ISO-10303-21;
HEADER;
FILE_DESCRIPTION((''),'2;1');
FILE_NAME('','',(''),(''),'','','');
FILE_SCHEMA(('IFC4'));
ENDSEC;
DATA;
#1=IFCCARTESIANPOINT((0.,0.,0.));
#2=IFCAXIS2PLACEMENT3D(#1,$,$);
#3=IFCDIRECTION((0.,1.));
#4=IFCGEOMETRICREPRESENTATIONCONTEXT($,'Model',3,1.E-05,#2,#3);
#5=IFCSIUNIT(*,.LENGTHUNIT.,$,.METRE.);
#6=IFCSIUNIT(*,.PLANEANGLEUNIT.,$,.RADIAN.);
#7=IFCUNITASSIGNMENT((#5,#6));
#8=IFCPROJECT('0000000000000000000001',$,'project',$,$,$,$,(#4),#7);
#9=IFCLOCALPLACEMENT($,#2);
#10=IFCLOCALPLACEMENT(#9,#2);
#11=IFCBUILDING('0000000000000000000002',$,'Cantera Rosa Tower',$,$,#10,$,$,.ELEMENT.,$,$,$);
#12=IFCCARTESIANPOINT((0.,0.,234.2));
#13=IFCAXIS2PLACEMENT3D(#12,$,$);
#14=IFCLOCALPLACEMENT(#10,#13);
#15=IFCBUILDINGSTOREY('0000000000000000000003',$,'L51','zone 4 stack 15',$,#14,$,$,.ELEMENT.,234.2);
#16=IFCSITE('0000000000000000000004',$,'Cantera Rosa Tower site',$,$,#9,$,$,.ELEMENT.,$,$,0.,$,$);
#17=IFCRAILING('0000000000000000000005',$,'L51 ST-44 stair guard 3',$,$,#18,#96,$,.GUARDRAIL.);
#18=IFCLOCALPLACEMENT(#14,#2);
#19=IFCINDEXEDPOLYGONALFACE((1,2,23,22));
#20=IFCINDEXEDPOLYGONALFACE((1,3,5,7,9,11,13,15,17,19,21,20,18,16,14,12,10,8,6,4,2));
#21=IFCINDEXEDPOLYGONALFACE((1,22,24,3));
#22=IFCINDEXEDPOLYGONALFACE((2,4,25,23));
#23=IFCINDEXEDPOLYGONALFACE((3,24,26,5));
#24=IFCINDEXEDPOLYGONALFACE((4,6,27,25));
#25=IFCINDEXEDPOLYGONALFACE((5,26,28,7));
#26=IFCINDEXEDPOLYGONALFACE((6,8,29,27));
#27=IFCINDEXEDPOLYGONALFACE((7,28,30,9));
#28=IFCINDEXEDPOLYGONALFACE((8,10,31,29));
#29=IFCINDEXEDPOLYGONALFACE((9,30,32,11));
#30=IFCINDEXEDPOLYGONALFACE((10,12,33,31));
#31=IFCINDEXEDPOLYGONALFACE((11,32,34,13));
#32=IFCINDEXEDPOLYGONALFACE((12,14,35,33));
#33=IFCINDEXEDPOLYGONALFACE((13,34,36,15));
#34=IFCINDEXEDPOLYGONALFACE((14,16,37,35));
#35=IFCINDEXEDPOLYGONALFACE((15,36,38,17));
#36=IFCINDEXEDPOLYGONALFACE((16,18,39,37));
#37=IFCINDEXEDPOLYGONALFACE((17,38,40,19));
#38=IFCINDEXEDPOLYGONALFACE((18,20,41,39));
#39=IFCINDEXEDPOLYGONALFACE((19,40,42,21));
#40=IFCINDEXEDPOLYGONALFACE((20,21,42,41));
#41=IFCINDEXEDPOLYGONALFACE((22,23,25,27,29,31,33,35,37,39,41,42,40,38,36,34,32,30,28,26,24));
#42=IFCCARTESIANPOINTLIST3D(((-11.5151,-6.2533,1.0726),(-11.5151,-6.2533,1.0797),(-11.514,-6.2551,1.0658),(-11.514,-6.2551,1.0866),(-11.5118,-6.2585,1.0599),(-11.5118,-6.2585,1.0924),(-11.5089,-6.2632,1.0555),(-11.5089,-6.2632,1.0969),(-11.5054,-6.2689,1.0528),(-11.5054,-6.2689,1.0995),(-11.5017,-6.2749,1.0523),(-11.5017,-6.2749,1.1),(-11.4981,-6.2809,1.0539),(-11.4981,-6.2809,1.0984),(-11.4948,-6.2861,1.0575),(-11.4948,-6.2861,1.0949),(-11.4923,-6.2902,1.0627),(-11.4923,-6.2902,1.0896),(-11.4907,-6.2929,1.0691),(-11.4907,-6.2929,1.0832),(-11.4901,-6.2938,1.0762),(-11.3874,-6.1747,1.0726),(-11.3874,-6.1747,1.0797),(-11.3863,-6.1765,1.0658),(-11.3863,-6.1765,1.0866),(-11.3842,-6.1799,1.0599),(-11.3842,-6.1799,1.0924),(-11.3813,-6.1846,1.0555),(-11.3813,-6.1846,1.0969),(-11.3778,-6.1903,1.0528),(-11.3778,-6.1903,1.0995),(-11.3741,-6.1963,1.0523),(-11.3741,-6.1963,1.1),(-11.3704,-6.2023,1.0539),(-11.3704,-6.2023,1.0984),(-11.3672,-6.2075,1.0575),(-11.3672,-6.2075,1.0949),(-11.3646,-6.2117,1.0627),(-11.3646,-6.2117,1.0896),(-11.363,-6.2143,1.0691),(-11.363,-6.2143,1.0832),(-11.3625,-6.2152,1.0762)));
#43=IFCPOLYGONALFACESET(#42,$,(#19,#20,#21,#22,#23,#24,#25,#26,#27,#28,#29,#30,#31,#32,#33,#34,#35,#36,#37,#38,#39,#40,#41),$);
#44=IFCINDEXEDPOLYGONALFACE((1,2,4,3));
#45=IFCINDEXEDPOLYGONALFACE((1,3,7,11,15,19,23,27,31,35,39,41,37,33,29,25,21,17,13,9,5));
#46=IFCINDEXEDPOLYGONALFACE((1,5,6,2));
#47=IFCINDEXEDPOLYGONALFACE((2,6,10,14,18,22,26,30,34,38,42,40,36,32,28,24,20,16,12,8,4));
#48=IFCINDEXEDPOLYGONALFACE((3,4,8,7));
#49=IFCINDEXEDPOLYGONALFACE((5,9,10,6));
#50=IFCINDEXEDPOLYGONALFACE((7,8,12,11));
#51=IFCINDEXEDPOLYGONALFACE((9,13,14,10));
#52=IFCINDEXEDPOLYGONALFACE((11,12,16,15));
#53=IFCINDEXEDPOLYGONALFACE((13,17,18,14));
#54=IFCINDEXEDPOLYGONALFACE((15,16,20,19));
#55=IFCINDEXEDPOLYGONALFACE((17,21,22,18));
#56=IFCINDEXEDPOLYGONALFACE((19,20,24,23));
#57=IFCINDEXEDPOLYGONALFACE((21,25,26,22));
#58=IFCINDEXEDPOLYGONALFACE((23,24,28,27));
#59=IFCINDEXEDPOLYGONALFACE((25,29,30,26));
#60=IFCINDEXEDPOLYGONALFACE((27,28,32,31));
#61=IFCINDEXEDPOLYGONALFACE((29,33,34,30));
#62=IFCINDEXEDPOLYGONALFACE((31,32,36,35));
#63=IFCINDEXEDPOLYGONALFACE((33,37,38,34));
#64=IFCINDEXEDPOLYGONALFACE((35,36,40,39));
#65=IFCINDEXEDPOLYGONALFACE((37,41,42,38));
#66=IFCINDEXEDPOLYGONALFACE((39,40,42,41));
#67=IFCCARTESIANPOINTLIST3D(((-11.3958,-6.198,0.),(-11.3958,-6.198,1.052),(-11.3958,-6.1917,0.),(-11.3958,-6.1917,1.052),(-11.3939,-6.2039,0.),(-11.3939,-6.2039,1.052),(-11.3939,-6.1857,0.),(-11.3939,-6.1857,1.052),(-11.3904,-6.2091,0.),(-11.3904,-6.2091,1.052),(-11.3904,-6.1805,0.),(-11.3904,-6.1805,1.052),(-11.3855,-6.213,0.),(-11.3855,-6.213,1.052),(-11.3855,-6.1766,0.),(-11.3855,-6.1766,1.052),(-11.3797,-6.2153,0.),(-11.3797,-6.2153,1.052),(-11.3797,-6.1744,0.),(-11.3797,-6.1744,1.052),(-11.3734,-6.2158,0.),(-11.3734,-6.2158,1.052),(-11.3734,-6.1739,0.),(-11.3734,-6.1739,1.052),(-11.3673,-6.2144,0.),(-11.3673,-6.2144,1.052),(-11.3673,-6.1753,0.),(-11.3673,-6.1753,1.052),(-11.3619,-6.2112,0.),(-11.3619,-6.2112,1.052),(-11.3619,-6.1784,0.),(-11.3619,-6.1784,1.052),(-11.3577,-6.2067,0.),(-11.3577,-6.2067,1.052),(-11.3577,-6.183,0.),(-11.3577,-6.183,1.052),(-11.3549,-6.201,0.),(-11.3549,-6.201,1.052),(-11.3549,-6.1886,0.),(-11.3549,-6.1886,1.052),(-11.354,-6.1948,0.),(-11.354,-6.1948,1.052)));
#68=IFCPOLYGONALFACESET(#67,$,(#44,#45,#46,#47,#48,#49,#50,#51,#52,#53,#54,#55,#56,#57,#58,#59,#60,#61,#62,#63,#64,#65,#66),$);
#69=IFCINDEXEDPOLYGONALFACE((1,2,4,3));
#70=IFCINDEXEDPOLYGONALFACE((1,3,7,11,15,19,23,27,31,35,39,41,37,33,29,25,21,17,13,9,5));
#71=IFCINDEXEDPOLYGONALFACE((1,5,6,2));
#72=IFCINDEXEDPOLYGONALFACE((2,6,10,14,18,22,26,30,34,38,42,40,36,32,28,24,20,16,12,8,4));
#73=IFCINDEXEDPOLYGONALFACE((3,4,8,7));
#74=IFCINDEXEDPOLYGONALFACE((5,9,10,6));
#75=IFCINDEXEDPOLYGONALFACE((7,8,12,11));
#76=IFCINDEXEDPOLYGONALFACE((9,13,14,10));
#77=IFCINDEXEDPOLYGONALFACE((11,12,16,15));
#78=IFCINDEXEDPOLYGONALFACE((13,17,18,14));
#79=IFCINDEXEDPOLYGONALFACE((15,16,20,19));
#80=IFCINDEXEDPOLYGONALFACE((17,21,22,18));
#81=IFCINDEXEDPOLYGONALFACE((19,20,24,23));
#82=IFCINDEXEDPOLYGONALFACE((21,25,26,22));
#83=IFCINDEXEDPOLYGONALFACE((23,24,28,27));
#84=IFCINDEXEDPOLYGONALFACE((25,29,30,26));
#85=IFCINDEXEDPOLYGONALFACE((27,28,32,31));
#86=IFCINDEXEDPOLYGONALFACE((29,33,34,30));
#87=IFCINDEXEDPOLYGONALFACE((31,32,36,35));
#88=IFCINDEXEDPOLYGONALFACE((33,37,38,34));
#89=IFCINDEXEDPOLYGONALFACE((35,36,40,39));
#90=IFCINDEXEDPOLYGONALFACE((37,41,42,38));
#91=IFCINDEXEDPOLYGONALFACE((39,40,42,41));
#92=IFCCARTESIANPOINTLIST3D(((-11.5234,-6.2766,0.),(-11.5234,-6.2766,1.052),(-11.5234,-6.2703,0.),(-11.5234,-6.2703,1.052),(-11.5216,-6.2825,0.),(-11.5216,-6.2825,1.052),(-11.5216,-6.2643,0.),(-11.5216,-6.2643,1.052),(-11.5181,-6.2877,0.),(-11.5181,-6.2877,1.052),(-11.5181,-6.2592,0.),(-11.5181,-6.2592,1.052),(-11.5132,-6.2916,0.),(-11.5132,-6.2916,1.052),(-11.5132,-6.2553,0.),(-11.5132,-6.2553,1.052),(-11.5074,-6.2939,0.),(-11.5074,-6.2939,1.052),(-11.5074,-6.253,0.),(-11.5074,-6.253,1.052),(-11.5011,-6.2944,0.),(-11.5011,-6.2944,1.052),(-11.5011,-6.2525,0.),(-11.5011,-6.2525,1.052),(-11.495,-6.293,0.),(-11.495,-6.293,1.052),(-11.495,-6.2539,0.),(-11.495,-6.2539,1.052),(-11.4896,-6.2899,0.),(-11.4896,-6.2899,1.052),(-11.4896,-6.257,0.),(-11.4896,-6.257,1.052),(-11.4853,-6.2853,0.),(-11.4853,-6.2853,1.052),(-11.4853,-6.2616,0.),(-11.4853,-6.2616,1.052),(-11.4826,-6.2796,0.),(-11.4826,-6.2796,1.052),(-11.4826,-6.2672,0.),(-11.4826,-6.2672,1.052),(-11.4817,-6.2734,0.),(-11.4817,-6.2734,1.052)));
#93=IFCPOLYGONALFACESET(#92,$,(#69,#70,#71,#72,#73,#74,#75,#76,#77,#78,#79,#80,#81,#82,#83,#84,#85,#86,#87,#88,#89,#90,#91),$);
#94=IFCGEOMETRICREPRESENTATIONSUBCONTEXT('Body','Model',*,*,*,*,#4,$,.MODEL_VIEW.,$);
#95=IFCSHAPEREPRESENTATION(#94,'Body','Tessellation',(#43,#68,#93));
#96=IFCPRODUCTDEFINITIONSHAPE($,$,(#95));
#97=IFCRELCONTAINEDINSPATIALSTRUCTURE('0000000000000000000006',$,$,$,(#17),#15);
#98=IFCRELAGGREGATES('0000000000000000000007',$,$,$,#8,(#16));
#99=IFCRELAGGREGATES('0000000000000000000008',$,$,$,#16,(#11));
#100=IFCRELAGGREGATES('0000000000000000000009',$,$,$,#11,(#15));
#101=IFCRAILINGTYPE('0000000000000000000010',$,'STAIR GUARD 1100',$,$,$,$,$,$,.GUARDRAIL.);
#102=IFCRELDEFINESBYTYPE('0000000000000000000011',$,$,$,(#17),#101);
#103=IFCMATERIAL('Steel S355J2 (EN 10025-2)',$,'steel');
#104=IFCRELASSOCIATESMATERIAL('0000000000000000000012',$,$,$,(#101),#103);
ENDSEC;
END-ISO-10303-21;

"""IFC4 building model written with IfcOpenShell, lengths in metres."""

from ifc_helpers import new_model, si_unit, direction, frame, origin, origin_2d, place, context, subcontext, project, spatial, circle, extrude, material, type_object, element, save


model = new_model("IFC4")

# Units and contexts
model_context = context("Model", 3, precision=1e-05, world=origin(), true_north=direction((0.0, 1.0)))
body_context = subcontext(model_context, "Body", "Model", "MODEL_VIEW")
ifc_project = project(units=[si_unit("LENGTHUNIT", "METRE"), si_unit("PLANEANGLEUNIT", "RADIAN")], contexts=[model_context])

# Site, building, storey
site_placement = place(None, origin())
site = spatial("IfcSite", under=ifc_project, at=site_placement, Name="Cantera Rosa Tower site", CompositionType="ELEMENT", RefElevation=0.0)
building_placement = place(site_placement, origin())
building = spatial("IfcBuilding", under=site, at=building_placement, Name="Cantera Rosa Tower", CompositionType="ELEMENT")
storey_placement = place(building_placement, frame((0.0, 0.0, 234.2)))
storey = spatial("IfcBuildingStorey", under=building, at=storey_placement, Name="L51", Description="zone 4 stack 15", CompositionType="ELEMENT", Elevation=234.2)

# Railing
ifc_material_1 = material(Name="Steel S355J2 (EN 10025-2)", Category="steel")
railing_type_1 = type_object("IfcRailingType", Name="STAIR GUARD 1100", PredefinedType="GUARDRAIL", material=ifc_material_1)
railing_1_placement = place(storey_placement, frame((-11.375, -6.1948, 0.0)))
element("IfcRailing", 1, at=railing_1_placement, inside=storey, type_object=railing_type_1, Name="L51 ST-44 stair guard 3", PredefinedType="GUARDRAIL", context=body_context, shape_type="SweptSolid", body=[
    extrude(circle(Radius=0.0239, at=origin_2d()), frame((0.0, 0.0, 1.0762), z_axis=(-0.851546, -0.524279, 0.0), x_axis=(0.524279, -0.851546, 0.0)), (0.0, 0.0, 1.0), 0.1499),
    extrude(circle(Radius=0.021, at=origin_2d()), origin(), (0.0, 0.0, 1.0), 1.052),
    extrude(circle(Radius=0.021, at=origin_2d()), frame((-0.1277, -0.0786, 0.0)), (0.0, 0.0, 1.0), 1.052),
])

save(model, "model.ifc")
